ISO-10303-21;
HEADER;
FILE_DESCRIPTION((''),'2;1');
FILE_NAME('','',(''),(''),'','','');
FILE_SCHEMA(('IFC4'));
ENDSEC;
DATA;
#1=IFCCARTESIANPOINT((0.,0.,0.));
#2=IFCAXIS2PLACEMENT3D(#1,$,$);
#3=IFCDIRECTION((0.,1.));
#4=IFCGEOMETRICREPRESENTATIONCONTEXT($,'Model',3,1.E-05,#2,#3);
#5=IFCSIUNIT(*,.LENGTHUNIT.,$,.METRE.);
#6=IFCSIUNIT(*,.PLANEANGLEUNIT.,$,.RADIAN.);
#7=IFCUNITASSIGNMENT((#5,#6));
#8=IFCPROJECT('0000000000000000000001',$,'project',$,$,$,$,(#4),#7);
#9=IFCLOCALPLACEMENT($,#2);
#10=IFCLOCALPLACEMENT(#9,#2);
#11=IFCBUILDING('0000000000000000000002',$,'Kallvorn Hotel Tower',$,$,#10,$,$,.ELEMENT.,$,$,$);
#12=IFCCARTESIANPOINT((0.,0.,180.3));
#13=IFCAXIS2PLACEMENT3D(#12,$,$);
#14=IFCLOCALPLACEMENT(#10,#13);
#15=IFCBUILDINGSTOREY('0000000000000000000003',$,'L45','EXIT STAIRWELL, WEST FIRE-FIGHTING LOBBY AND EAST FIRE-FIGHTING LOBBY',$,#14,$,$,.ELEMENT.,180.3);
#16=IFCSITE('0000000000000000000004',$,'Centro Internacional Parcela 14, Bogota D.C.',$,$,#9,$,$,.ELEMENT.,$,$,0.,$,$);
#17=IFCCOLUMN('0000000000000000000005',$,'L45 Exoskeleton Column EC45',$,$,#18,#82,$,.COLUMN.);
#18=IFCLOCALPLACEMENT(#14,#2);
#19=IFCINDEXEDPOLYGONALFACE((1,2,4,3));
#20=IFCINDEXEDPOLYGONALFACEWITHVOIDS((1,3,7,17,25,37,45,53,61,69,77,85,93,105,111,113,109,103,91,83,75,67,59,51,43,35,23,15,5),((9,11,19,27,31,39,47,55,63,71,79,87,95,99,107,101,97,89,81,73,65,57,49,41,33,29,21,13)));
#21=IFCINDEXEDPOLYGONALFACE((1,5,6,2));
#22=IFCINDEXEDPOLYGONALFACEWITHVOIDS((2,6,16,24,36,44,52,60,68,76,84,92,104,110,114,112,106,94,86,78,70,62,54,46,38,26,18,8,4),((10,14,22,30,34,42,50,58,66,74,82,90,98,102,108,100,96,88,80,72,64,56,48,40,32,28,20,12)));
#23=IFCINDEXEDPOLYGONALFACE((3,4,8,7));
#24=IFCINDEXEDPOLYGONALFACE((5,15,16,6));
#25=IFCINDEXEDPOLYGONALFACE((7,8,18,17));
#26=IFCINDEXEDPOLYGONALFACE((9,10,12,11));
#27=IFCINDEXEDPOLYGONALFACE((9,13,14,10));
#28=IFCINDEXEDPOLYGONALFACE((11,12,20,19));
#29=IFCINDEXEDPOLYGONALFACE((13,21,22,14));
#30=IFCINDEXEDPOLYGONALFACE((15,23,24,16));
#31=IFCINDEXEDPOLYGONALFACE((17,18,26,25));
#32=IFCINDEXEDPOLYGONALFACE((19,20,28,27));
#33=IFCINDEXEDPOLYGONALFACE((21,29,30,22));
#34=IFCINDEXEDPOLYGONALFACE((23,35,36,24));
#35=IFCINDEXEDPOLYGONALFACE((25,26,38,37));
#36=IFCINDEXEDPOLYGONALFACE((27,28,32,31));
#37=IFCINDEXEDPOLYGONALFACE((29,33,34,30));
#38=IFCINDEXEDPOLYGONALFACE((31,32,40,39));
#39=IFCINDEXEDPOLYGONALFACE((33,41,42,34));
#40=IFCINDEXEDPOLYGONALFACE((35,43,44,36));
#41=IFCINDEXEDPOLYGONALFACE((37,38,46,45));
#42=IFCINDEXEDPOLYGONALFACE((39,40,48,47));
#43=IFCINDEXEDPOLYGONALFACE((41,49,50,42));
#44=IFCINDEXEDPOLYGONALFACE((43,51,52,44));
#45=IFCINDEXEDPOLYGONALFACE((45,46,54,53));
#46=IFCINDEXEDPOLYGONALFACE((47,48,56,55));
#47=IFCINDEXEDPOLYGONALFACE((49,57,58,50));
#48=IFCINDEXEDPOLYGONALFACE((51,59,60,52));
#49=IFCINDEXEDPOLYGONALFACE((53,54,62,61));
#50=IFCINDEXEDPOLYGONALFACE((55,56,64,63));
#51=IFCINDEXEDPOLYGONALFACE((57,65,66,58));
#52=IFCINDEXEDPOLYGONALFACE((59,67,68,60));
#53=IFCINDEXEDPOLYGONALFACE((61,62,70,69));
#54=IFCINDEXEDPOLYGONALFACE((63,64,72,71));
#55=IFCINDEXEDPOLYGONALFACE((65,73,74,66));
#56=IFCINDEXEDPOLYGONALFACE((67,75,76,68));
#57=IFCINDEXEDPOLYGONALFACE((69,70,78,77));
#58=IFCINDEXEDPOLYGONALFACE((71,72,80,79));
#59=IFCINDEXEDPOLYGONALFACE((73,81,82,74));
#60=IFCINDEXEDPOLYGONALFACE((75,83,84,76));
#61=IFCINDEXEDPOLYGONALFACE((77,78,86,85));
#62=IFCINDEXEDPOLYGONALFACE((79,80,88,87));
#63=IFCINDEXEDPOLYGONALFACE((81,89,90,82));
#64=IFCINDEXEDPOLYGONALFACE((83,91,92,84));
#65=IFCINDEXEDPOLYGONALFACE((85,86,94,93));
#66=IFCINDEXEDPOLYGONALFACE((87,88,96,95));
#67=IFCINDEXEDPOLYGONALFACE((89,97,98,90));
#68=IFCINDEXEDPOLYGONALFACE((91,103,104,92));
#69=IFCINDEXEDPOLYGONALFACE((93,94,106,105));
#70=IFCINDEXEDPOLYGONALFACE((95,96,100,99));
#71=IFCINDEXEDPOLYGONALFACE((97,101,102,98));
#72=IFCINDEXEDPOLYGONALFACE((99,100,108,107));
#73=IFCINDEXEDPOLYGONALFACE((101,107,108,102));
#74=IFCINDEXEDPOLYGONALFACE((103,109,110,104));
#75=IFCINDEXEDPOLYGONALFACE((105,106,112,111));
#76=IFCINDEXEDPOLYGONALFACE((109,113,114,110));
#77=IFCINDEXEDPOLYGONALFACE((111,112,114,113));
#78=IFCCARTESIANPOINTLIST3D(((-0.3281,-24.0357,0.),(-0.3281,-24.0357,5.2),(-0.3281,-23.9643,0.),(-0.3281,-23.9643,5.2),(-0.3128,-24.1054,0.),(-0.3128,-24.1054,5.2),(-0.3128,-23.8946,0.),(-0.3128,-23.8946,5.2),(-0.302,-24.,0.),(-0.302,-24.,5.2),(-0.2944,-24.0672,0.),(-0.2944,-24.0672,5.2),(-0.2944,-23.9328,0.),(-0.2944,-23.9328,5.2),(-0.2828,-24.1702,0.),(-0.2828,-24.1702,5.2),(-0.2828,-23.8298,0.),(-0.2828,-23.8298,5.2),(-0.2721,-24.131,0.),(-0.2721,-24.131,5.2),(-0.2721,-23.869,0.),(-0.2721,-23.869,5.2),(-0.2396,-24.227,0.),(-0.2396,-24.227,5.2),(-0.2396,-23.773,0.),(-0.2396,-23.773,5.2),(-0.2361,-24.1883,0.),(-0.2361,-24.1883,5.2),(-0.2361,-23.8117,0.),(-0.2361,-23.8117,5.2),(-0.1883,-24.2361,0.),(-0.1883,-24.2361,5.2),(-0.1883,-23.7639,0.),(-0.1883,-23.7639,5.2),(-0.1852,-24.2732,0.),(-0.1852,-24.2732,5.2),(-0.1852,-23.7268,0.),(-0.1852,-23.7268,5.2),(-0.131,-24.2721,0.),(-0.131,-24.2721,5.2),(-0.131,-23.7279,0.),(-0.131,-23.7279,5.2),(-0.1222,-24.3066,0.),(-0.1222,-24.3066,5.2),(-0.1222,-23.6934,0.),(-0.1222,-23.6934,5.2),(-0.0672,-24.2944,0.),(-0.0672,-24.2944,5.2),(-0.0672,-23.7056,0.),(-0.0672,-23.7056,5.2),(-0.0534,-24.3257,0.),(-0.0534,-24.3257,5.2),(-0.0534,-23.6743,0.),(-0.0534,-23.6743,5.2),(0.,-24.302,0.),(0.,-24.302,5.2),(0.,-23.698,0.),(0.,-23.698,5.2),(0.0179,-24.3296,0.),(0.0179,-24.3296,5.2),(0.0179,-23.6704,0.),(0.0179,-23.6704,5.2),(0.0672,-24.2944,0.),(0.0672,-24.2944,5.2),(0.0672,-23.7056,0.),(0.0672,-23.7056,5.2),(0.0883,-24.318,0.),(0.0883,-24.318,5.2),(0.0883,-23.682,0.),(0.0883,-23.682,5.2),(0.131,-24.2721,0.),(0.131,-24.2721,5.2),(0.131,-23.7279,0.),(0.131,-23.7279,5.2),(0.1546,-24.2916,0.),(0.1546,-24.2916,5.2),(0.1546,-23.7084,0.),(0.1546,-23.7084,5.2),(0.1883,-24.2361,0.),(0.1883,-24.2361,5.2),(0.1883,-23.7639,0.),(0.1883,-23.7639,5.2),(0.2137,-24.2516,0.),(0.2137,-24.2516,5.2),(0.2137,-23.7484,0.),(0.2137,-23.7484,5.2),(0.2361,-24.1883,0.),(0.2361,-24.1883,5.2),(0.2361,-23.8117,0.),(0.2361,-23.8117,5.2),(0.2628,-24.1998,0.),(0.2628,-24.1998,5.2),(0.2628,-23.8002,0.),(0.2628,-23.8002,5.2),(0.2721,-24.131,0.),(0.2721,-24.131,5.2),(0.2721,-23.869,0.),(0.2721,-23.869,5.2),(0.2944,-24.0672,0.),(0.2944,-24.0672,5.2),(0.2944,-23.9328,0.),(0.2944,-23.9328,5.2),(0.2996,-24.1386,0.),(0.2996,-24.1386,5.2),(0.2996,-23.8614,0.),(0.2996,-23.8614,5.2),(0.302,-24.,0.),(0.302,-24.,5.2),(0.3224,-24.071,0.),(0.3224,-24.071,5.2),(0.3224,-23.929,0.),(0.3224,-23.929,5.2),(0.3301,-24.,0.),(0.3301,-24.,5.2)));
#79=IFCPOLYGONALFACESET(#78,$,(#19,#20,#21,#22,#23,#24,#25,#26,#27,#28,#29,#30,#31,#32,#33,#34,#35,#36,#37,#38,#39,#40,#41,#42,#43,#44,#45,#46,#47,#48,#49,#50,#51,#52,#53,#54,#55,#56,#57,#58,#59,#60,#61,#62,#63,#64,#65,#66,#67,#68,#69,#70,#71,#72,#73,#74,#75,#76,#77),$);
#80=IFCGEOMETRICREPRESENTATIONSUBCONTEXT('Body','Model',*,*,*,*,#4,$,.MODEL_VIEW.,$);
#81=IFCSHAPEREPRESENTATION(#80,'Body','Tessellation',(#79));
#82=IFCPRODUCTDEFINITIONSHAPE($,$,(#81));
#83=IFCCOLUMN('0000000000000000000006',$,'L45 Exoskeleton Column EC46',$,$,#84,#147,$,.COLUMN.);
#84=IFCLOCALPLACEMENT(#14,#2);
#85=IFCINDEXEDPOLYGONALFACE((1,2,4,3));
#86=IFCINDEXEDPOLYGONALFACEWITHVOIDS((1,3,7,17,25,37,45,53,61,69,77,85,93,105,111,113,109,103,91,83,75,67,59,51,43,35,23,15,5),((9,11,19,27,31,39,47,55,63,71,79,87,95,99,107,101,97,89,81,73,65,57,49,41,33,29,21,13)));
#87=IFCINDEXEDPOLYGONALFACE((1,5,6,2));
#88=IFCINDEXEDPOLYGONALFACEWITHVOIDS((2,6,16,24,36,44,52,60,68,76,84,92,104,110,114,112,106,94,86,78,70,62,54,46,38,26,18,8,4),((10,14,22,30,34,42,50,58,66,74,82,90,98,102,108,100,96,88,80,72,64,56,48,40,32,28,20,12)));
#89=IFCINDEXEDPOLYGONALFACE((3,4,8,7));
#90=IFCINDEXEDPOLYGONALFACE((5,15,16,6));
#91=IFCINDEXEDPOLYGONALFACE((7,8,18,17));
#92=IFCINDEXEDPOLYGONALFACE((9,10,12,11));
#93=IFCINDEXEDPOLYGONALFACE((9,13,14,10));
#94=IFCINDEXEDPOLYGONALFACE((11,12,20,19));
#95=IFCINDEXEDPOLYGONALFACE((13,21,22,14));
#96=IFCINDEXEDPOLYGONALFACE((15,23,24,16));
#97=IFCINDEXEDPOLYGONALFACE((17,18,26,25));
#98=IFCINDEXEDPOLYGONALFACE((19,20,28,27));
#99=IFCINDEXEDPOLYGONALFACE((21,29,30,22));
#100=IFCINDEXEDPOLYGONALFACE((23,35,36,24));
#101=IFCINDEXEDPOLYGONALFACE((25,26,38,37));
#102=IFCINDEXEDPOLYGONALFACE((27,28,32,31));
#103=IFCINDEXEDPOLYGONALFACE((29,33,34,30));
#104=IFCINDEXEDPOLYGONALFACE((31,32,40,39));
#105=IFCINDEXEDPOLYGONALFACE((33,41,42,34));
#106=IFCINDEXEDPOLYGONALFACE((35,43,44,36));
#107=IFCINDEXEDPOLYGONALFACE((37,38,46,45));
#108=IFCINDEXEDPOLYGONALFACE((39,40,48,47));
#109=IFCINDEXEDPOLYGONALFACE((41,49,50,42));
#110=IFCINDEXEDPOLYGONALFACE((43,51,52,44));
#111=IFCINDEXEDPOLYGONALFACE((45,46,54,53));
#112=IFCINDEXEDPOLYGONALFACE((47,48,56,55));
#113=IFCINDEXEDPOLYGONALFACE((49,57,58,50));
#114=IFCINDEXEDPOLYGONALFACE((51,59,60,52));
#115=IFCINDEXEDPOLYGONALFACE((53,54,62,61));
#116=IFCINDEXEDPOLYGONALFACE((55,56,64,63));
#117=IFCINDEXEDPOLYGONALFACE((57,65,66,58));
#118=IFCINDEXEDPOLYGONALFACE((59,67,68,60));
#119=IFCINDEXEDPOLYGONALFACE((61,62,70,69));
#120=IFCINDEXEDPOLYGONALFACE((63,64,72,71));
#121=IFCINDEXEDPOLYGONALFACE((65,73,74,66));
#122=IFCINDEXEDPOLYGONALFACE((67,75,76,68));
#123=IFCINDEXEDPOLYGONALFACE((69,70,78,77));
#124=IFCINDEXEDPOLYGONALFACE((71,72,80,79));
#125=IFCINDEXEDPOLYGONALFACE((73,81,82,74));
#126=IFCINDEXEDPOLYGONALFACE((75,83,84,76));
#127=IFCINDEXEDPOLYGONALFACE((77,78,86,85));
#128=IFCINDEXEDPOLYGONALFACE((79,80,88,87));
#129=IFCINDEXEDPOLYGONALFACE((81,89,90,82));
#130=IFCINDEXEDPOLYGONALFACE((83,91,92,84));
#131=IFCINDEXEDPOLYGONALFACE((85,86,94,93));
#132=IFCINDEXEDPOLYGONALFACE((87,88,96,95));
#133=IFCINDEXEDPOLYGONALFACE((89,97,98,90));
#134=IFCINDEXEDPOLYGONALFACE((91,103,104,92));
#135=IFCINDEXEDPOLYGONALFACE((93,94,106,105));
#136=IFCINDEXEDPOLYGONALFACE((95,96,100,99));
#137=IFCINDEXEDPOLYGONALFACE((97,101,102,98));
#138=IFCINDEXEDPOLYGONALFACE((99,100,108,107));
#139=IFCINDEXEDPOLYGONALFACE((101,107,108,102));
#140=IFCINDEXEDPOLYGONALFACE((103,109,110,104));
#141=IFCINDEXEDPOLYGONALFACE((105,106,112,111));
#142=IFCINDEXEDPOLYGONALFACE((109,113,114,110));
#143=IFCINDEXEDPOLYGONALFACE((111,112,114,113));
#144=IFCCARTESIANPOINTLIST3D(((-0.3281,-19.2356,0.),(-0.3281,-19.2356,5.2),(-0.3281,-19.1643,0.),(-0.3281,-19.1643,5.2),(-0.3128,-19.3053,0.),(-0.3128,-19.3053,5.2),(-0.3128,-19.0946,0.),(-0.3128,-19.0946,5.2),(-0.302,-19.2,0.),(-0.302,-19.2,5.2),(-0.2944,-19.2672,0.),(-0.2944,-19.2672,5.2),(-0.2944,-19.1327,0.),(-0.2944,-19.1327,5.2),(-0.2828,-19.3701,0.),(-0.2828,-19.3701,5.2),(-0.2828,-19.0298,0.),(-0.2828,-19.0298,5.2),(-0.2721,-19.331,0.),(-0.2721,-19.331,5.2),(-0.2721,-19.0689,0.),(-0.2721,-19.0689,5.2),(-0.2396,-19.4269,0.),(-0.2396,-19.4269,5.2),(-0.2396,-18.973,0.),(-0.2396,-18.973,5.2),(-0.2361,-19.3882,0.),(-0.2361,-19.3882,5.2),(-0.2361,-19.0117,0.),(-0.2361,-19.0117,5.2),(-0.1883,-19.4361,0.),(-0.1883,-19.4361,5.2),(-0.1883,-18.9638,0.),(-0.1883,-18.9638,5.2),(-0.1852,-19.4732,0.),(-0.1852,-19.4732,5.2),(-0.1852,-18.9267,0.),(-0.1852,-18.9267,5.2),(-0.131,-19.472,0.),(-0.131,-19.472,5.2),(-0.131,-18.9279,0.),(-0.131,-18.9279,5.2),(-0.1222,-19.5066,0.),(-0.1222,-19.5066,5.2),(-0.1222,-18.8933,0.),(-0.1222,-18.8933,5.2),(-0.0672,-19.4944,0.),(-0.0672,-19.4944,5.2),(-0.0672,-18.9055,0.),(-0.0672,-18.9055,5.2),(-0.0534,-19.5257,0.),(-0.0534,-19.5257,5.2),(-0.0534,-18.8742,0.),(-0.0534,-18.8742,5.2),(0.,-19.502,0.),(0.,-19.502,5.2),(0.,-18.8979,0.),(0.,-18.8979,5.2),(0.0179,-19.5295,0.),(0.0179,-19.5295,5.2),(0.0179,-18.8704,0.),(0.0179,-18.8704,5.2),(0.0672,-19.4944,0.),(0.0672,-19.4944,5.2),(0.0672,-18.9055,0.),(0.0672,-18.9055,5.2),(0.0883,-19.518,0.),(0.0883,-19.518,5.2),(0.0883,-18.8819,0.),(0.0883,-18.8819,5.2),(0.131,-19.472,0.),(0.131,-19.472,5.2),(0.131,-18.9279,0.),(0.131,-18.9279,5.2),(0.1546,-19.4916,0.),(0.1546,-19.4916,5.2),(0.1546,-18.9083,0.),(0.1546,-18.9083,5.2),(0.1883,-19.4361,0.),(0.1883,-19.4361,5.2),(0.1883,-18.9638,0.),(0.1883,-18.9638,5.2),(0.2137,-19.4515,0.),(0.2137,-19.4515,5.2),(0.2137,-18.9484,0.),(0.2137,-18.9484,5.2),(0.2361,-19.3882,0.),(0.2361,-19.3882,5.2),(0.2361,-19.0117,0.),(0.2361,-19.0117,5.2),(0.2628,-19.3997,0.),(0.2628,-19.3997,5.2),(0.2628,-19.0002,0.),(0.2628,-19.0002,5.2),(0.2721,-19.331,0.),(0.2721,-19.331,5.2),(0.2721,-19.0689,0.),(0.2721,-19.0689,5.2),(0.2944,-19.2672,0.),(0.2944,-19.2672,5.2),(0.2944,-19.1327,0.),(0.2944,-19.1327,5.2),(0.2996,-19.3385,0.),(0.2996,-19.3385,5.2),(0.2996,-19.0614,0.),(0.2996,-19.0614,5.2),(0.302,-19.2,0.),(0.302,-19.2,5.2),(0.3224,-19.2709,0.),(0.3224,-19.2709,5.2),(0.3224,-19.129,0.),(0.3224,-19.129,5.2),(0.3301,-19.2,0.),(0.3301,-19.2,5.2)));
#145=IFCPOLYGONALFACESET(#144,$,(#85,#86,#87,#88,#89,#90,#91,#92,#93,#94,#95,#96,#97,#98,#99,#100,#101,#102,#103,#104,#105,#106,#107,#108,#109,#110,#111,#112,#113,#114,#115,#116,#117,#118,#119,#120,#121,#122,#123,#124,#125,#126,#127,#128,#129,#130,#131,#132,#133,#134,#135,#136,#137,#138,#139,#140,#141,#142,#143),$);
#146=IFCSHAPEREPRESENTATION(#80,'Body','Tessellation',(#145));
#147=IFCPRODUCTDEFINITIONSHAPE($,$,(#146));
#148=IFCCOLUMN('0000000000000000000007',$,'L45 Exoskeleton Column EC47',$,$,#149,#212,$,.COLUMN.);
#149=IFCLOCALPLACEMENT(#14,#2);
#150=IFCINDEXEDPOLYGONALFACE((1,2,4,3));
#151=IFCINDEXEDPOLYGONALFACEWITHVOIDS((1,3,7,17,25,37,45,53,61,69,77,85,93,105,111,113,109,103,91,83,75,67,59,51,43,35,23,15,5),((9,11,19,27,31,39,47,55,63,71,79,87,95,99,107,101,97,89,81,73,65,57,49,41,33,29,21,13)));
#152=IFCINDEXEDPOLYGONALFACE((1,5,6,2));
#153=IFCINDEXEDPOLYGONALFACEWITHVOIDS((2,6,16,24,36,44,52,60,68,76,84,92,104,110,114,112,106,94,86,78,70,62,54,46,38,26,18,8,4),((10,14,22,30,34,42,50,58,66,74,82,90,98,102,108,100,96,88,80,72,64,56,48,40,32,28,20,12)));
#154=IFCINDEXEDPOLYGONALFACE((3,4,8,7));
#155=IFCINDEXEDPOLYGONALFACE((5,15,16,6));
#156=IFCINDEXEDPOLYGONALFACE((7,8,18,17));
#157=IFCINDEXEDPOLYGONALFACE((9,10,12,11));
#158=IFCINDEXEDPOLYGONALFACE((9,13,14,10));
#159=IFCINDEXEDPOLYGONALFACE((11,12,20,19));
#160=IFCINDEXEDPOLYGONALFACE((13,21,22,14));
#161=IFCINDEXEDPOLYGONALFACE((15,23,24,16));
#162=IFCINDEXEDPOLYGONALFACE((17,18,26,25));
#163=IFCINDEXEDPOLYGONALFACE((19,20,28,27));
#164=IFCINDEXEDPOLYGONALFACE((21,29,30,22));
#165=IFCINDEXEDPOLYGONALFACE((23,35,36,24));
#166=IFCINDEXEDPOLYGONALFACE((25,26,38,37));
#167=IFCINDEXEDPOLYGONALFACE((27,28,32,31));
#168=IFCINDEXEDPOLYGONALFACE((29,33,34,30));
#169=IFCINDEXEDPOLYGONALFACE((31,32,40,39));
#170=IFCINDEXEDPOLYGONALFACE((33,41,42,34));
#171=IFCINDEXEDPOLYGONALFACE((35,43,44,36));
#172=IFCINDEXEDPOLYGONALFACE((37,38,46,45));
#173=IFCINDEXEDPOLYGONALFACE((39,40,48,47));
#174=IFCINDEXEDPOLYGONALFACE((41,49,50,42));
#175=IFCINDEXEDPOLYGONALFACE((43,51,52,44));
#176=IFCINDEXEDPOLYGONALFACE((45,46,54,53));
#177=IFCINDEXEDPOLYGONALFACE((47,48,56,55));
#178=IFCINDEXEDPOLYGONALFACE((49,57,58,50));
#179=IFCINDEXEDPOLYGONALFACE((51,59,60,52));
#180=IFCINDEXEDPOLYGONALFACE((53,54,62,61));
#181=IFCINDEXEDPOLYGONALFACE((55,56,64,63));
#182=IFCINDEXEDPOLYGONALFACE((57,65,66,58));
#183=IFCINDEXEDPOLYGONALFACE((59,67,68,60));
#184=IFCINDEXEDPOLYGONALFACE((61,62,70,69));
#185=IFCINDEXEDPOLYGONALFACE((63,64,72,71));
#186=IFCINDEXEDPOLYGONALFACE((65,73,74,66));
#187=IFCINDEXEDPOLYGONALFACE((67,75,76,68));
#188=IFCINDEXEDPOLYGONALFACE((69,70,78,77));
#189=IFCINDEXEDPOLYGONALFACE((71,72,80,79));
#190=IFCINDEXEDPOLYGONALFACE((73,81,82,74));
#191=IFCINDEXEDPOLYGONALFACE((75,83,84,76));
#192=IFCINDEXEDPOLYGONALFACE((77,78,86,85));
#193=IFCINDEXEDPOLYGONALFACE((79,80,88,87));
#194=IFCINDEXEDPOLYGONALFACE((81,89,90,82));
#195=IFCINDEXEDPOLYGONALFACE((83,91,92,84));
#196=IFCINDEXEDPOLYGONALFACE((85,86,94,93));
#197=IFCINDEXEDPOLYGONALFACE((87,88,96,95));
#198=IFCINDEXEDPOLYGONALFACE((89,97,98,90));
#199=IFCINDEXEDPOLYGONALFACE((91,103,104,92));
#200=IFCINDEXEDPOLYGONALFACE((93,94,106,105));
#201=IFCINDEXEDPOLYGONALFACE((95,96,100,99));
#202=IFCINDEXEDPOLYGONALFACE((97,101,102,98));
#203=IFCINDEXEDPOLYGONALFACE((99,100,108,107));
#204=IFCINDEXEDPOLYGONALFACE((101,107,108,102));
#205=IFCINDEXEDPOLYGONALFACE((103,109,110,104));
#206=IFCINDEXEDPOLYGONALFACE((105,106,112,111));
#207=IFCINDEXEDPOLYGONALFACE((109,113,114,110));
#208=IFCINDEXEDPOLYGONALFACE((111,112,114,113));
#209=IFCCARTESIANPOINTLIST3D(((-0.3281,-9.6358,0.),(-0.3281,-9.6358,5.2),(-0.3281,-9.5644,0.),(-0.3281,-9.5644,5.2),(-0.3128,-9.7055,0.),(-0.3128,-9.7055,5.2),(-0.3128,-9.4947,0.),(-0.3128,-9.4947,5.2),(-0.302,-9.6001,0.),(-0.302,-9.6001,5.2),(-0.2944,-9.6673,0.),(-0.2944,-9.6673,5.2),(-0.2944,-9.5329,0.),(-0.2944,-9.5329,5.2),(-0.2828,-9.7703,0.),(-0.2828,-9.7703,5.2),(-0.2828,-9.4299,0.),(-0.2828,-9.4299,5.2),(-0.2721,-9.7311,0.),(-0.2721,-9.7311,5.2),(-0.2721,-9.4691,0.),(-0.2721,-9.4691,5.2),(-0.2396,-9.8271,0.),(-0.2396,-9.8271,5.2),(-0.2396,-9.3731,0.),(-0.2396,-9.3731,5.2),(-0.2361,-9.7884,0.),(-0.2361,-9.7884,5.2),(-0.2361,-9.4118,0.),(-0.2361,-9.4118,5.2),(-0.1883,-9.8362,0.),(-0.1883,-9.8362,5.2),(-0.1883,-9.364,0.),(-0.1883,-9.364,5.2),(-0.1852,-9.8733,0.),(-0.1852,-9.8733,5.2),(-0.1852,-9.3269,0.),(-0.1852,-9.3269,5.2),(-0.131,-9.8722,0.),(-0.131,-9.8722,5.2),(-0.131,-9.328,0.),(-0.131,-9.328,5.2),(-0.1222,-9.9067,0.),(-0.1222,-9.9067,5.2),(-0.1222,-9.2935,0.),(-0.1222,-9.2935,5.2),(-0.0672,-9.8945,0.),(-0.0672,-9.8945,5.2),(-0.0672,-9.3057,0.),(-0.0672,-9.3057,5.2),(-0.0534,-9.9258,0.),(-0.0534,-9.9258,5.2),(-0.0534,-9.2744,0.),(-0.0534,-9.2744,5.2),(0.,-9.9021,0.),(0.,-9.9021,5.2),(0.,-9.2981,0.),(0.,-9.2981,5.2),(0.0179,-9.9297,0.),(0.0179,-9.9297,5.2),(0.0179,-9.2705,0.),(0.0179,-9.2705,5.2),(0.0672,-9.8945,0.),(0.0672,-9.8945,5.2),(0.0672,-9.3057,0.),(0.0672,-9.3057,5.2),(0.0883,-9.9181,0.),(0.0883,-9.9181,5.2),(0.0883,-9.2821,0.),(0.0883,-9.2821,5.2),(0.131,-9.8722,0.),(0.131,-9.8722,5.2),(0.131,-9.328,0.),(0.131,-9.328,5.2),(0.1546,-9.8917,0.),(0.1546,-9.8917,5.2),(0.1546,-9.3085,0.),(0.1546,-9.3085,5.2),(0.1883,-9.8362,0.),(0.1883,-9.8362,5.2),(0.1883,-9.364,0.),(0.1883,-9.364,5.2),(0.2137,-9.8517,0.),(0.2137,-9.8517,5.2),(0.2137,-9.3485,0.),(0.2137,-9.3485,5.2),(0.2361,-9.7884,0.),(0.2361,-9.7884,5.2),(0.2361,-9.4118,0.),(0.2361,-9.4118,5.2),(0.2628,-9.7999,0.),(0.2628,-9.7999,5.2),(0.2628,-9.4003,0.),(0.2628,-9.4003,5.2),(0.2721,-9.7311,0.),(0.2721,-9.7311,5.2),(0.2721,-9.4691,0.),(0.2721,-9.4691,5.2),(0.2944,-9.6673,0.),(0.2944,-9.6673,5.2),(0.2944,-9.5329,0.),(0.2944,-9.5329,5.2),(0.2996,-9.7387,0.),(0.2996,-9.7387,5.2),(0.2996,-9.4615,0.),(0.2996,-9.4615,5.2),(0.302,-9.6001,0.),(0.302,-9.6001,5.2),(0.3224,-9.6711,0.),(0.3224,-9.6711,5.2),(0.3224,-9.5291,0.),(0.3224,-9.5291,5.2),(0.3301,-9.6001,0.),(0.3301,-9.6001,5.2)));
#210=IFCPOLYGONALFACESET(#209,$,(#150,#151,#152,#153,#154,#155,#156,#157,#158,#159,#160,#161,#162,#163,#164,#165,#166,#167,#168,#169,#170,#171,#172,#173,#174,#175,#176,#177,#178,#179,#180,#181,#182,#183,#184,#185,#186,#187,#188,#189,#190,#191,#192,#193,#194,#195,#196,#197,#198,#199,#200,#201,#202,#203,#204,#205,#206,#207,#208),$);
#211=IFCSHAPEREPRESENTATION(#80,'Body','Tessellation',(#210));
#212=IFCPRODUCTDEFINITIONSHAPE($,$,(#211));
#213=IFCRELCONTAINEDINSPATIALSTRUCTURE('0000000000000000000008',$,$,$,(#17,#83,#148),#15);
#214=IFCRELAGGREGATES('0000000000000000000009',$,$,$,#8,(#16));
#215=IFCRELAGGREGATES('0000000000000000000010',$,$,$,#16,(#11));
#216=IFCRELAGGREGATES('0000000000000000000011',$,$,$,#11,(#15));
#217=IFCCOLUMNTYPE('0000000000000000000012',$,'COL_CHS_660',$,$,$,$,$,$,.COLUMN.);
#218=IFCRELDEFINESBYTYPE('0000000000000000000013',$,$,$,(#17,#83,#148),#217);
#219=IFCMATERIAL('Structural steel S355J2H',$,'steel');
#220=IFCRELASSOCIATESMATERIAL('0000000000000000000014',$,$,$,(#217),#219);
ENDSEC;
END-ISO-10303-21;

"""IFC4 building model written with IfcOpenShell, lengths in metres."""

from ifc_helpers import new_model, si_unit, direction, frame, origin, origin_2d, place, context, subcontext, project, spatial, hollow_circle, extrude, material, material_profile, profile_set, type_object, element, save


model = new_model("IFC4")

# Units and contexts
model_context = context("Model", 3, precision=1e-05, world=origin(), true_north=direction((0.0, 1.0)))
body_context = subcontext(model_context, "Body", "Model", "MODEL_VIEW")
ifc_project = project(units=[si_unit("LENGTHUNIT", "METRE"), si_unit("PLANEANGLEUNIT", "RADIAN")], contexts=[model_context])

# Site, building, storey
site_placement = place(None, origin())
site = spatial("IfcSite", under=ifc_project, at=site_placement, Name="Centro Internacional Parcela 14, Bogota D.C.", CompositionType="ELEMENT", RefElevation=0.0)
building_placement = place(site_placement, origin())
building = spatial("IfcBuilding", under=site, at=building_placement, Name="Kallvorn Hotel Tower", CompositionType="ELEMENT")
storey_placement = place(building_placement, frame((0.0, 0.0, 180.3)))
storey = spatial("IfcBuildingStorey", under=building, at=storey_placement, Name="L45", Description="EXIT STAIRWELL, WEST FIRE-FIGHTING LOBBY AND EAST FIRE-FIGHTING LOBBY", CompositionType="ELEMENT", Elevation=180.3)

# Columns
ifc_material_1 = material(Name="Structural steel S355J2H", Category="steel")
ifc_material_profile_1 = material_profile(ifc_material_1, hollow_circle(Radius=0.3301, WallThickness=0.0281, at=origin_2d()), Name="CHS 660x28")
ifc_profile_set_1 = profile_set([ifc_material_profile_1], Name="Structural steel S355J2H")
column_type_1 = type_object("IfcColumnType", Name="COL_CHS_660", PredefinedType="COLUMN", material=ifc_profile_set_1)
for number, where, z_axis, x_axis, name in (
    (1, (0.0, -24.0, 0.0), (0.0, 0.0, 1.0), (1.0, 0.0, 0.0), "L45 Exoskeleton Column EC45"),
    (2, (0.0, -19.2, 0.0), (0.0, 0.0, 1.0), (1.0, 0.0, 0.0), "L45 Exoskeleton Column EC46"),
    (3, (0.0, -9.6001, 0.0), (0.0, 0.0, 1.0), (1.0, 0.0, 0.0), "L45 Exoskeleton Column EC47"),
):
    element("IfcColumn", number, at=place(storey_placement, frame(where, z_axis=z_axis, x_axis=x_axis)), inside=storey, type_object=column_type_1, Name=name, PredefinedType="COLUMN", context=body_context, shape_type="SweptSolid", body=[
        extrude(hollow_circle(Radius=0.3301, WallThickness=0.0281, at=origin_2d()), origin(), (0.0, 0.0, 1.0), 5.2),
    ])

save(model, "model.ifc")
